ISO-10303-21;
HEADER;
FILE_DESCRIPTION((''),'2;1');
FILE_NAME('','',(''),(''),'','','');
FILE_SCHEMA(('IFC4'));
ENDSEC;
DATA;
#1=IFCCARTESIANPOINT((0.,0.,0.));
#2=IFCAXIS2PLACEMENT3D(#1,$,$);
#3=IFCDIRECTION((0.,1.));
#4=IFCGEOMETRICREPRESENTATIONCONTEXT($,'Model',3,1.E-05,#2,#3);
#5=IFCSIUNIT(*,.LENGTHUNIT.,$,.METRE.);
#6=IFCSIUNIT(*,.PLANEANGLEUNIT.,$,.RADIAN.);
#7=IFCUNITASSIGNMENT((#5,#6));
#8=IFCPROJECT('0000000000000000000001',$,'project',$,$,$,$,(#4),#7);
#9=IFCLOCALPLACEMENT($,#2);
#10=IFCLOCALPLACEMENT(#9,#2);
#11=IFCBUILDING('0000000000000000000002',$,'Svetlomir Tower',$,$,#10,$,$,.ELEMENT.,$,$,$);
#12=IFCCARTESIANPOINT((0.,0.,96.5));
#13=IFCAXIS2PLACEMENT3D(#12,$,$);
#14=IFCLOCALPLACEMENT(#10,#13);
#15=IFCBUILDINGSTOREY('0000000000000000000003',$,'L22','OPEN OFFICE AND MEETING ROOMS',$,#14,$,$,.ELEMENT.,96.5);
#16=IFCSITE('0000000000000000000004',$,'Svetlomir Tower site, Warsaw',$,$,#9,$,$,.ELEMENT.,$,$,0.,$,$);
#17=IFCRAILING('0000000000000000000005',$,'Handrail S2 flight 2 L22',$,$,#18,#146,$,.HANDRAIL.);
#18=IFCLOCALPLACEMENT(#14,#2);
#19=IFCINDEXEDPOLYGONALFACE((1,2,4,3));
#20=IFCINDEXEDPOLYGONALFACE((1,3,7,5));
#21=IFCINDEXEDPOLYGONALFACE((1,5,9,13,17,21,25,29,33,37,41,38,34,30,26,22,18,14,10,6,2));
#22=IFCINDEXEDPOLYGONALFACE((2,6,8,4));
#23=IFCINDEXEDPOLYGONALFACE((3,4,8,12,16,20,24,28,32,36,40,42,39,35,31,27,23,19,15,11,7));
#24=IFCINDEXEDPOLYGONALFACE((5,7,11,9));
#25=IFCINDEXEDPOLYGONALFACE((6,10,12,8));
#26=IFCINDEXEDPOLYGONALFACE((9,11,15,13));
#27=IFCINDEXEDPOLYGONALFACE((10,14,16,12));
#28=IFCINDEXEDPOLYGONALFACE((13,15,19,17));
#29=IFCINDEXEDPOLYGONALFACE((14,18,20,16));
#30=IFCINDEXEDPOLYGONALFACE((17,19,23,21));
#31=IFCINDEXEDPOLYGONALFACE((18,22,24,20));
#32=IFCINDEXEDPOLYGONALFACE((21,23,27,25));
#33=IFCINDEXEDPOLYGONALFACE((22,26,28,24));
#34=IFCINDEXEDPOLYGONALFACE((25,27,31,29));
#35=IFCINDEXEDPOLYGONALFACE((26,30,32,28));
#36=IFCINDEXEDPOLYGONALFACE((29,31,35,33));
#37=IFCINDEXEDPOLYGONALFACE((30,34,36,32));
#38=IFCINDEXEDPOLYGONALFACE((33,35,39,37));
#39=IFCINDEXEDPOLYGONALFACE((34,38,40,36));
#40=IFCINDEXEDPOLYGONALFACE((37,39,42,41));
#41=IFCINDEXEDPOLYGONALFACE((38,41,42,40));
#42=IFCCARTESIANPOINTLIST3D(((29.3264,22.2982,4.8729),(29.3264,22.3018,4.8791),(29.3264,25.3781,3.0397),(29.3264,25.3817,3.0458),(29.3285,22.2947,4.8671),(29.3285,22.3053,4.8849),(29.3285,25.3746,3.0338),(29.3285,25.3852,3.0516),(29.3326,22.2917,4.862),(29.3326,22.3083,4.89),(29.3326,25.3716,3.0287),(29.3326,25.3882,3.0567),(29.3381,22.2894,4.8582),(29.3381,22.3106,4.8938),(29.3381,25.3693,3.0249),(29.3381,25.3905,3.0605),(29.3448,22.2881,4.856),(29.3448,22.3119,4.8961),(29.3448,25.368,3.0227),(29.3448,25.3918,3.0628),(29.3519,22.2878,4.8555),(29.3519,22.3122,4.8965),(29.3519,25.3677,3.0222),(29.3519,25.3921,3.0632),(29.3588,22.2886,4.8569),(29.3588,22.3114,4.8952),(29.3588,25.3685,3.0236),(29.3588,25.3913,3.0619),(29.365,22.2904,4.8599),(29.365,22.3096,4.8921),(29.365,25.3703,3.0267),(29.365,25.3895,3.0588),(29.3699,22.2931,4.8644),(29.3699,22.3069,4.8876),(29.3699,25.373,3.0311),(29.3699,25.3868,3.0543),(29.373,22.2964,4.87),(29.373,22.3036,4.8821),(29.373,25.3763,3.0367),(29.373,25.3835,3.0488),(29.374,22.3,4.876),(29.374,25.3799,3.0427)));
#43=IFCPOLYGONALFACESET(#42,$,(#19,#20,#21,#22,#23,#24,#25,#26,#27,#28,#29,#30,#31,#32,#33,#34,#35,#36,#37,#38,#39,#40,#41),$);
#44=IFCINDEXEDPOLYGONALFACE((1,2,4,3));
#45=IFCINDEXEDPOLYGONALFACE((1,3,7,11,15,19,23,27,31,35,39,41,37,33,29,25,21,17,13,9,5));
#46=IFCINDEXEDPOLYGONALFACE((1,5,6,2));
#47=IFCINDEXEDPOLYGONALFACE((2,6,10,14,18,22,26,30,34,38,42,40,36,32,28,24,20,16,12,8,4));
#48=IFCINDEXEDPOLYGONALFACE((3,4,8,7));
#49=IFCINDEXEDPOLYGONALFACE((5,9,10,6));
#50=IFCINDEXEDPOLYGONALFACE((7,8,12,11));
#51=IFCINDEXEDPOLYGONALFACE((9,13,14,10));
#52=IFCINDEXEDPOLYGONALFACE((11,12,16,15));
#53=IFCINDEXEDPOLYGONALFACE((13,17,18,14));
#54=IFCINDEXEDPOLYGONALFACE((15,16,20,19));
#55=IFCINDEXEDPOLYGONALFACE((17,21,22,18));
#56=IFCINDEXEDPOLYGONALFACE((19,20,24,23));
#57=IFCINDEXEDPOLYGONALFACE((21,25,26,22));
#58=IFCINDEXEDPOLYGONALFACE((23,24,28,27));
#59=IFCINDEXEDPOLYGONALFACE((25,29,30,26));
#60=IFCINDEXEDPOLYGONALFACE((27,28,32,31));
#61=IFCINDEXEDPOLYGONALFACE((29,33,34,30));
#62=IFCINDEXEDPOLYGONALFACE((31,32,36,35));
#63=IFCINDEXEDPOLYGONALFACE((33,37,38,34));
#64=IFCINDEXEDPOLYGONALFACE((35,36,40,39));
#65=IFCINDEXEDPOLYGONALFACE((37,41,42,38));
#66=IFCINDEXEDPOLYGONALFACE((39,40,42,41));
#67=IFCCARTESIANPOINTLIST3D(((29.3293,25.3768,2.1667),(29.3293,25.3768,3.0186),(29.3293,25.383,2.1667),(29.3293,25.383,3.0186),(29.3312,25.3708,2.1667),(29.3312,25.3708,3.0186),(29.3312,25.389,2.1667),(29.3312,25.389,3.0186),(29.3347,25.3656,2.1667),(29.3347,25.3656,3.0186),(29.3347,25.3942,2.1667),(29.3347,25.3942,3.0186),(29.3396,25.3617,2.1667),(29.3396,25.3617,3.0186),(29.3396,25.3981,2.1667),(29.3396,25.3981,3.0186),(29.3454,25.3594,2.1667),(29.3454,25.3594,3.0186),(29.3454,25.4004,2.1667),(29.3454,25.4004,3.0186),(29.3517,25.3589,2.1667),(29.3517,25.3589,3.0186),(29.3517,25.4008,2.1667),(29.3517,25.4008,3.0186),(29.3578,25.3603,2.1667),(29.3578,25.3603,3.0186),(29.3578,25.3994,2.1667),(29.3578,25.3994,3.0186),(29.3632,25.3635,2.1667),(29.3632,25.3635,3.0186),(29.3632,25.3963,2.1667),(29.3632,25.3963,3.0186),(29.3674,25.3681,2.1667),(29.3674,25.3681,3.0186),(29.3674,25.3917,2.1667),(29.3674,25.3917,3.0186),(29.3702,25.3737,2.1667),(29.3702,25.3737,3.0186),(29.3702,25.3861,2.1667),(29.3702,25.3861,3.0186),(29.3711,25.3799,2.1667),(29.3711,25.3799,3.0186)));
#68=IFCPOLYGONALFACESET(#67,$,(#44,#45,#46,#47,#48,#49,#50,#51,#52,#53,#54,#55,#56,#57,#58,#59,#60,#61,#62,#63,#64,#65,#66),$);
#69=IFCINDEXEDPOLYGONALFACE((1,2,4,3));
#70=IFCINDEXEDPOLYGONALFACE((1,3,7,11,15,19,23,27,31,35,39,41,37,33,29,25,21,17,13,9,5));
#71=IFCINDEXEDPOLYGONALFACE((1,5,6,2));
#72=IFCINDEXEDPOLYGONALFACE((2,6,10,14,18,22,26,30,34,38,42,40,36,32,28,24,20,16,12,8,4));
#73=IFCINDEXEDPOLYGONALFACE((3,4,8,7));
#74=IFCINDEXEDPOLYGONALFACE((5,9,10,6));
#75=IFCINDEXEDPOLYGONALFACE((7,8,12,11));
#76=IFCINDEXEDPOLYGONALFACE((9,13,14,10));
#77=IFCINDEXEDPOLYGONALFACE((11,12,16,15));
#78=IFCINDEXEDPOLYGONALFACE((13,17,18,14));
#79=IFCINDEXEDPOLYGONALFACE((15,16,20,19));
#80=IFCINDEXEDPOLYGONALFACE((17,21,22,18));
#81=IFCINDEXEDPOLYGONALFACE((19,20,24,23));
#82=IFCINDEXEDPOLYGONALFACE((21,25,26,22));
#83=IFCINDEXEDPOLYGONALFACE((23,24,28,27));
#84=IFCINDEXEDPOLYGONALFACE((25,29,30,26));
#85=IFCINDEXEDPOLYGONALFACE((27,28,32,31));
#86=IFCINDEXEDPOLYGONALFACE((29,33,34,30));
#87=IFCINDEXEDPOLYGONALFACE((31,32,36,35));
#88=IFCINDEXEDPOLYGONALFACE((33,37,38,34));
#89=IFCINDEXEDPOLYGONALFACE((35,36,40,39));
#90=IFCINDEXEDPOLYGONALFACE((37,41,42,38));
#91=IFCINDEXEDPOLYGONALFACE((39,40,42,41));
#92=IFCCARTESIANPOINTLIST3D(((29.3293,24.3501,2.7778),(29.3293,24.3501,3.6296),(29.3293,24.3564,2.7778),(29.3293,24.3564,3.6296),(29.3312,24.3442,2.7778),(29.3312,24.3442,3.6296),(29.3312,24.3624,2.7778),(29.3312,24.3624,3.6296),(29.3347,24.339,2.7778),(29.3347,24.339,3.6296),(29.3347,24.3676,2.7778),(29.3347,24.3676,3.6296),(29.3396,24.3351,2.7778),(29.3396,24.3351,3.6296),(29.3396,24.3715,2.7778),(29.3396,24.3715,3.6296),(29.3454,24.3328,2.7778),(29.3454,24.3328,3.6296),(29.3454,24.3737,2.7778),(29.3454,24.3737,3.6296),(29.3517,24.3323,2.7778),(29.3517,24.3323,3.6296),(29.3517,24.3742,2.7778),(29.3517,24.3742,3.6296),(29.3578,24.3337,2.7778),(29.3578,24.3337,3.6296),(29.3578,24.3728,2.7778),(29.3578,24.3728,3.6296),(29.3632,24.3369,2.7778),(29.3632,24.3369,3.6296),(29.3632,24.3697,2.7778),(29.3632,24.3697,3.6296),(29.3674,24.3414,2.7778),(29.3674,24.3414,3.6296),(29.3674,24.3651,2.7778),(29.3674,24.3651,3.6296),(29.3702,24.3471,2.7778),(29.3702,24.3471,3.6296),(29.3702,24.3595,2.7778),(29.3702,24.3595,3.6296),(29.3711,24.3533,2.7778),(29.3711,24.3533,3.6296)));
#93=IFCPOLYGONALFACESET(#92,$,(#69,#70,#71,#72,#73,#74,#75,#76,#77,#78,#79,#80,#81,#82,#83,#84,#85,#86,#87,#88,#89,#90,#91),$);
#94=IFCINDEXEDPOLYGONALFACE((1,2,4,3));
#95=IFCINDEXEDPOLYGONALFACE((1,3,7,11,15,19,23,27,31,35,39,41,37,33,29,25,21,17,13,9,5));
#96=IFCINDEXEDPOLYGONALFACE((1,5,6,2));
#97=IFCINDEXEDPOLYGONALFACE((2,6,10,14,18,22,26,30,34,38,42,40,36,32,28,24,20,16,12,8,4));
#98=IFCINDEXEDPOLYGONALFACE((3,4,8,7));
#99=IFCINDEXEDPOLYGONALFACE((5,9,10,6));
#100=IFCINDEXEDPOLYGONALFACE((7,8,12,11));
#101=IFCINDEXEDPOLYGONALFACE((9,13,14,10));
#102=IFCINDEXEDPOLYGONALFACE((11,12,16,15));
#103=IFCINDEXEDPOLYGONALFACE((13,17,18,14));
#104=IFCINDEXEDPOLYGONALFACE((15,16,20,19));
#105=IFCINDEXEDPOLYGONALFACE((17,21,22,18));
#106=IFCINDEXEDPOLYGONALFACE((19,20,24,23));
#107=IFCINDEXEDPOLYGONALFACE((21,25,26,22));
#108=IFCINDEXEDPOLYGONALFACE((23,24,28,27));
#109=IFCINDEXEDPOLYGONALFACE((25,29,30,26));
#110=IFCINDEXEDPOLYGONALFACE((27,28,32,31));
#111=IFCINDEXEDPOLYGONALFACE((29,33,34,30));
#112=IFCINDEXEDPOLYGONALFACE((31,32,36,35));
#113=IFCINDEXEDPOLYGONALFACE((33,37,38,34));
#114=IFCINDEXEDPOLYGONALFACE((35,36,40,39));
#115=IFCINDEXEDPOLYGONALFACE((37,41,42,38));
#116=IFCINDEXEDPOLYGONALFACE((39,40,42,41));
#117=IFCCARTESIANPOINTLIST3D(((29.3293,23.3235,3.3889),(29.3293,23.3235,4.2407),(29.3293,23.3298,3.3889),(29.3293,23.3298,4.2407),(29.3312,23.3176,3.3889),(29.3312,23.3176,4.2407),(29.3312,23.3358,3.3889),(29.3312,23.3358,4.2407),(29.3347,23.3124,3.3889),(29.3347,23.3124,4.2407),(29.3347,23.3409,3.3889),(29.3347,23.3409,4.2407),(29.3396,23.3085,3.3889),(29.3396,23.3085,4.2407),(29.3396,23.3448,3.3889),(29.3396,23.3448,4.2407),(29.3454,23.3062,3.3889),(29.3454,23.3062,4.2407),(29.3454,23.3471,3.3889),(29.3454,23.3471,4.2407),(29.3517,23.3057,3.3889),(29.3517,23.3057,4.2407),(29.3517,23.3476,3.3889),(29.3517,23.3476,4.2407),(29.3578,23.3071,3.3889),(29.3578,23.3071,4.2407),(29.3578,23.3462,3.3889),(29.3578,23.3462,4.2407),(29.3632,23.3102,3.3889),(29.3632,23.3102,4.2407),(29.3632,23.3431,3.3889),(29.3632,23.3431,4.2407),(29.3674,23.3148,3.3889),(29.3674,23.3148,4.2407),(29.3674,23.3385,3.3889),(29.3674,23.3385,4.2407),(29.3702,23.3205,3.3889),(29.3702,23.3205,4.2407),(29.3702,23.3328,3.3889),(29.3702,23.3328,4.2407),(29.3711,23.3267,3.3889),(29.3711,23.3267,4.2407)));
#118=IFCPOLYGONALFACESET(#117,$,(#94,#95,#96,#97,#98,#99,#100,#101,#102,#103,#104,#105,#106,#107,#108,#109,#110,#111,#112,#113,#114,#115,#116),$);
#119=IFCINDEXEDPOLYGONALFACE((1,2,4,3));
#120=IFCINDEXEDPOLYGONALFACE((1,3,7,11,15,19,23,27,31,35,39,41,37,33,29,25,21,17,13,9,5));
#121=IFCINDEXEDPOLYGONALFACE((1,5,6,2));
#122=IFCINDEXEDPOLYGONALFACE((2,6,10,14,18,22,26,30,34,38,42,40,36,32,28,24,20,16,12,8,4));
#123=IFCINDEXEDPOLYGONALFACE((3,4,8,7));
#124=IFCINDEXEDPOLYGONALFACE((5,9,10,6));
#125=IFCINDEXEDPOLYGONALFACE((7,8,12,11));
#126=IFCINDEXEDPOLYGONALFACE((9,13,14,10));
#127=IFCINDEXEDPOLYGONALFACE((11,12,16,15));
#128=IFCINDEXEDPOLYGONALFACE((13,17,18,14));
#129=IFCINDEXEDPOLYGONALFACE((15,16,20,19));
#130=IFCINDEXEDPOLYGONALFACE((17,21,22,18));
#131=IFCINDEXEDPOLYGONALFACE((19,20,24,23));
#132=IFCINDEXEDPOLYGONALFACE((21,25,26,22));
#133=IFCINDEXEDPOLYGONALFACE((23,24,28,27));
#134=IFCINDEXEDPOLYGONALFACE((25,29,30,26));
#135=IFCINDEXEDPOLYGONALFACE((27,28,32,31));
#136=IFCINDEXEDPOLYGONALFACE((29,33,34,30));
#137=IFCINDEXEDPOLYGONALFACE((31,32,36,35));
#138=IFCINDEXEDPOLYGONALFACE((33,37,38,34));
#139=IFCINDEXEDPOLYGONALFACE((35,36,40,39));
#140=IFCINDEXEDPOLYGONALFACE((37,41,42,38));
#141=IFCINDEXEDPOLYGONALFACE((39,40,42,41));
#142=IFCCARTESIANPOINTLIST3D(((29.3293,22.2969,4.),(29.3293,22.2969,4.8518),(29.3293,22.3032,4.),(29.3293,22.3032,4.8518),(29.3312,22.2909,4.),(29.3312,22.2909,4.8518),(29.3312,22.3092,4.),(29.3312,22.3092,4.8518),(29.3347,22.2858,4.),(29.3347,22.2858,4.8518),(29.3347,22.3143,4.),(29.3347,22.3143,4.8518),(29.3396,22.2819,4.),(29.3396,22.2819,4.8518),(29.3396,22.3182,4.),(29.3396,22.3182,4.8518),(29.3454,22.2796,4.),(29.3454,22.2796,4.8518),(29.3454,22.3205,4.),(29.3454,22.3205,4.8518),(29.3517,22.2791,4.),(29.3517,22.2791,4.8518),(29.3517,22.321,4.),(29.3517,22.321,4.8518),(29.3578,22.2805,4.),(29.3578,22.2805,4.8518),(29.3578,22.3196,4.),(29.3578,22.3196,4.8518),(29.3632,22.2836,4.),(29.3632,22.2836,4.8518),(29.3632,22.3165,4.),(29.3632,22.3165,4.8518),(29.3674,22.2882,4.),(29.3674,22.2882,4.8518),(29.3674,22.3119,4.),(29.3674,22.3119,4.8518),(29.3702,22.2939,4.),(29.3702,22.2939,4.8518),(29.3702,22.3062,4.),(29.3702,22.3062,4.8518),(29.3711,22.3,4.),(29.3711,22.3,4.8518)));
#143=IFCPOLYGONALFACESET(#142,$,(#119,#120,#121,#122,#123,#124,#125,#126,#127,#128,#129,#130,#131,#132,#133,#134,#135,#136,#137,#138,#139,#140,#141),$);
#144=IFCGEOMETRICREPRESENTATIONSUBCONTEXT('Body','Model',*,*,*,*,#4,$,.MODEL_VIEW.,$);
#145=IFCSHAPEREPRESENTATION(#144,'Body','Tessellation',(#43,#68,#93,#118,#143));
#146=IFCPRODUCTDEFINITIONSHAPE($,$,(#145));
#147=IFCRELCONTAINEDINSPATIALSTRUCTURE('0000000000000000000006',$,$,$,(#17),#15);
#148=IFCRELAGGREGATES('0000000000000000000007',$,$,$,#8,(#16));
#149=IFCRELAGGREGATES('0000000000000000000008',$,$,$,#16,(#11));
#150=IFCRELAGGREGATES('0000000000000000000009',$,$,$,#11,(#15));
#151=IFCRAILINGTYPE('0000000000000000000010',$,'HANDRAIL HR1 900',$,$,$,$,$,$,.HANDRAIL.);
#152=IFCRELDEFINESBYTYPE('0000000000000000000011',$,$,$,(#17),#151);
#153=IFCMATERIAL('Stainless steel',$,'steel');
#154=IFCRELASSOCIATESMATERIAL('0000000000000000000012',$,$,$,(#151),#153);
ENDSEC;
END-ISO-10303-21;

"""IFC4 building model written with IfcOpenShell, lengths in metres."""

from ifc_helpers import new_model, si_unit, direction, frame, origin, origin_2d, place, context, subcontext, project, spatial, circle, extrude, material, type_object, element, save


model = new_model("IFC4")

# Units and contexts
model_context = context("Model", 3, precision=1e-05, world=origin(), true_north=direction((0.0, 1.0)))
body_context = subcontext(model_context, "Body", "Model", "MODEL_VIEW")
ifc_project = project(units=[si_unit("LENGTHUNIT", "METRE"), si_unit("PLANEANGLEUNIT", "RADIAN")], contexts=[model_context])

# Site, building, storey
site_placement = place(None, origin())
site = spatial("IfcSite", under=ifc_project, at=site_placement, Name="Svetlomir Tower site, Warsaw", CompositionType="ELEMENT", RefElevation=0.0)
building_placement = place(site_placement, origin())
building = spatial("IfcBuilding", under=site, at=building_placement, Name="Svetlomir Tower", CompositionType="ELEMENT")
storey_placement = place(building_placement, frame((0.0, 0.0, 96.5)))
storey = spatial("IfcBuildingStorey", under=building, at=storey_placement, Name="L22", Description="OPEN OFFICE AND MEETING ROOMS", CompositionType="ELEMENT", Elevation=96.5)

# Railing
ifc_material_1 = material(Name="Stainless steel", Category="steel")
railing_type = type_object("IfcRailingType", Name="HANDRAIL HR1 900", PredefinedType="HANDRAIL", material=ifc_material_1)
railing_1_placement = place(storey_placement, frame((29.3501, 25.3799, 2.1667)))
element("IfcRailing", 1, at=railing_1_placement, inside=storey, type_object=railing_type, Name="Handrail S2 flight 2 L22", PredefinedType="HANDRAIL", context=body_context, shape_type="SweptSolid", body=[
    extrude(circle(Radius=0.0239, at=origin_2d()), frame((0.0, 0.0, 0.876), z_axis=(0.0, -0.859291, 0.511487), x_axis=(1.0, 0.0, 0.0)), (0.0, 0.0, 1.0), 3.5842),
    extrude(circle(Radius=0.021, at=origin_2d()), origin(), (0.0, 0.0, 1.0), 0.8518),
    extrude(circle(Radius=0.021, at=origin_2d()), frame((0.0, -1.0266, 0.6111)), (0.0, 0.0, 1.0), 0.8518),
    extrude(circle(Radius=0.021, at=origin_2d()), frame((0.0, -2.0532, 1.2222)), (0.0, 0.0, 1.0), 0.8518),
    extrude(circle(Radius=0.021, at=origin_2d()), frame((0.0, -3.0798, 1.8333)), (0.0, 0.0, 1.0), 0.8518),
])

save(model, "model.ifc")
